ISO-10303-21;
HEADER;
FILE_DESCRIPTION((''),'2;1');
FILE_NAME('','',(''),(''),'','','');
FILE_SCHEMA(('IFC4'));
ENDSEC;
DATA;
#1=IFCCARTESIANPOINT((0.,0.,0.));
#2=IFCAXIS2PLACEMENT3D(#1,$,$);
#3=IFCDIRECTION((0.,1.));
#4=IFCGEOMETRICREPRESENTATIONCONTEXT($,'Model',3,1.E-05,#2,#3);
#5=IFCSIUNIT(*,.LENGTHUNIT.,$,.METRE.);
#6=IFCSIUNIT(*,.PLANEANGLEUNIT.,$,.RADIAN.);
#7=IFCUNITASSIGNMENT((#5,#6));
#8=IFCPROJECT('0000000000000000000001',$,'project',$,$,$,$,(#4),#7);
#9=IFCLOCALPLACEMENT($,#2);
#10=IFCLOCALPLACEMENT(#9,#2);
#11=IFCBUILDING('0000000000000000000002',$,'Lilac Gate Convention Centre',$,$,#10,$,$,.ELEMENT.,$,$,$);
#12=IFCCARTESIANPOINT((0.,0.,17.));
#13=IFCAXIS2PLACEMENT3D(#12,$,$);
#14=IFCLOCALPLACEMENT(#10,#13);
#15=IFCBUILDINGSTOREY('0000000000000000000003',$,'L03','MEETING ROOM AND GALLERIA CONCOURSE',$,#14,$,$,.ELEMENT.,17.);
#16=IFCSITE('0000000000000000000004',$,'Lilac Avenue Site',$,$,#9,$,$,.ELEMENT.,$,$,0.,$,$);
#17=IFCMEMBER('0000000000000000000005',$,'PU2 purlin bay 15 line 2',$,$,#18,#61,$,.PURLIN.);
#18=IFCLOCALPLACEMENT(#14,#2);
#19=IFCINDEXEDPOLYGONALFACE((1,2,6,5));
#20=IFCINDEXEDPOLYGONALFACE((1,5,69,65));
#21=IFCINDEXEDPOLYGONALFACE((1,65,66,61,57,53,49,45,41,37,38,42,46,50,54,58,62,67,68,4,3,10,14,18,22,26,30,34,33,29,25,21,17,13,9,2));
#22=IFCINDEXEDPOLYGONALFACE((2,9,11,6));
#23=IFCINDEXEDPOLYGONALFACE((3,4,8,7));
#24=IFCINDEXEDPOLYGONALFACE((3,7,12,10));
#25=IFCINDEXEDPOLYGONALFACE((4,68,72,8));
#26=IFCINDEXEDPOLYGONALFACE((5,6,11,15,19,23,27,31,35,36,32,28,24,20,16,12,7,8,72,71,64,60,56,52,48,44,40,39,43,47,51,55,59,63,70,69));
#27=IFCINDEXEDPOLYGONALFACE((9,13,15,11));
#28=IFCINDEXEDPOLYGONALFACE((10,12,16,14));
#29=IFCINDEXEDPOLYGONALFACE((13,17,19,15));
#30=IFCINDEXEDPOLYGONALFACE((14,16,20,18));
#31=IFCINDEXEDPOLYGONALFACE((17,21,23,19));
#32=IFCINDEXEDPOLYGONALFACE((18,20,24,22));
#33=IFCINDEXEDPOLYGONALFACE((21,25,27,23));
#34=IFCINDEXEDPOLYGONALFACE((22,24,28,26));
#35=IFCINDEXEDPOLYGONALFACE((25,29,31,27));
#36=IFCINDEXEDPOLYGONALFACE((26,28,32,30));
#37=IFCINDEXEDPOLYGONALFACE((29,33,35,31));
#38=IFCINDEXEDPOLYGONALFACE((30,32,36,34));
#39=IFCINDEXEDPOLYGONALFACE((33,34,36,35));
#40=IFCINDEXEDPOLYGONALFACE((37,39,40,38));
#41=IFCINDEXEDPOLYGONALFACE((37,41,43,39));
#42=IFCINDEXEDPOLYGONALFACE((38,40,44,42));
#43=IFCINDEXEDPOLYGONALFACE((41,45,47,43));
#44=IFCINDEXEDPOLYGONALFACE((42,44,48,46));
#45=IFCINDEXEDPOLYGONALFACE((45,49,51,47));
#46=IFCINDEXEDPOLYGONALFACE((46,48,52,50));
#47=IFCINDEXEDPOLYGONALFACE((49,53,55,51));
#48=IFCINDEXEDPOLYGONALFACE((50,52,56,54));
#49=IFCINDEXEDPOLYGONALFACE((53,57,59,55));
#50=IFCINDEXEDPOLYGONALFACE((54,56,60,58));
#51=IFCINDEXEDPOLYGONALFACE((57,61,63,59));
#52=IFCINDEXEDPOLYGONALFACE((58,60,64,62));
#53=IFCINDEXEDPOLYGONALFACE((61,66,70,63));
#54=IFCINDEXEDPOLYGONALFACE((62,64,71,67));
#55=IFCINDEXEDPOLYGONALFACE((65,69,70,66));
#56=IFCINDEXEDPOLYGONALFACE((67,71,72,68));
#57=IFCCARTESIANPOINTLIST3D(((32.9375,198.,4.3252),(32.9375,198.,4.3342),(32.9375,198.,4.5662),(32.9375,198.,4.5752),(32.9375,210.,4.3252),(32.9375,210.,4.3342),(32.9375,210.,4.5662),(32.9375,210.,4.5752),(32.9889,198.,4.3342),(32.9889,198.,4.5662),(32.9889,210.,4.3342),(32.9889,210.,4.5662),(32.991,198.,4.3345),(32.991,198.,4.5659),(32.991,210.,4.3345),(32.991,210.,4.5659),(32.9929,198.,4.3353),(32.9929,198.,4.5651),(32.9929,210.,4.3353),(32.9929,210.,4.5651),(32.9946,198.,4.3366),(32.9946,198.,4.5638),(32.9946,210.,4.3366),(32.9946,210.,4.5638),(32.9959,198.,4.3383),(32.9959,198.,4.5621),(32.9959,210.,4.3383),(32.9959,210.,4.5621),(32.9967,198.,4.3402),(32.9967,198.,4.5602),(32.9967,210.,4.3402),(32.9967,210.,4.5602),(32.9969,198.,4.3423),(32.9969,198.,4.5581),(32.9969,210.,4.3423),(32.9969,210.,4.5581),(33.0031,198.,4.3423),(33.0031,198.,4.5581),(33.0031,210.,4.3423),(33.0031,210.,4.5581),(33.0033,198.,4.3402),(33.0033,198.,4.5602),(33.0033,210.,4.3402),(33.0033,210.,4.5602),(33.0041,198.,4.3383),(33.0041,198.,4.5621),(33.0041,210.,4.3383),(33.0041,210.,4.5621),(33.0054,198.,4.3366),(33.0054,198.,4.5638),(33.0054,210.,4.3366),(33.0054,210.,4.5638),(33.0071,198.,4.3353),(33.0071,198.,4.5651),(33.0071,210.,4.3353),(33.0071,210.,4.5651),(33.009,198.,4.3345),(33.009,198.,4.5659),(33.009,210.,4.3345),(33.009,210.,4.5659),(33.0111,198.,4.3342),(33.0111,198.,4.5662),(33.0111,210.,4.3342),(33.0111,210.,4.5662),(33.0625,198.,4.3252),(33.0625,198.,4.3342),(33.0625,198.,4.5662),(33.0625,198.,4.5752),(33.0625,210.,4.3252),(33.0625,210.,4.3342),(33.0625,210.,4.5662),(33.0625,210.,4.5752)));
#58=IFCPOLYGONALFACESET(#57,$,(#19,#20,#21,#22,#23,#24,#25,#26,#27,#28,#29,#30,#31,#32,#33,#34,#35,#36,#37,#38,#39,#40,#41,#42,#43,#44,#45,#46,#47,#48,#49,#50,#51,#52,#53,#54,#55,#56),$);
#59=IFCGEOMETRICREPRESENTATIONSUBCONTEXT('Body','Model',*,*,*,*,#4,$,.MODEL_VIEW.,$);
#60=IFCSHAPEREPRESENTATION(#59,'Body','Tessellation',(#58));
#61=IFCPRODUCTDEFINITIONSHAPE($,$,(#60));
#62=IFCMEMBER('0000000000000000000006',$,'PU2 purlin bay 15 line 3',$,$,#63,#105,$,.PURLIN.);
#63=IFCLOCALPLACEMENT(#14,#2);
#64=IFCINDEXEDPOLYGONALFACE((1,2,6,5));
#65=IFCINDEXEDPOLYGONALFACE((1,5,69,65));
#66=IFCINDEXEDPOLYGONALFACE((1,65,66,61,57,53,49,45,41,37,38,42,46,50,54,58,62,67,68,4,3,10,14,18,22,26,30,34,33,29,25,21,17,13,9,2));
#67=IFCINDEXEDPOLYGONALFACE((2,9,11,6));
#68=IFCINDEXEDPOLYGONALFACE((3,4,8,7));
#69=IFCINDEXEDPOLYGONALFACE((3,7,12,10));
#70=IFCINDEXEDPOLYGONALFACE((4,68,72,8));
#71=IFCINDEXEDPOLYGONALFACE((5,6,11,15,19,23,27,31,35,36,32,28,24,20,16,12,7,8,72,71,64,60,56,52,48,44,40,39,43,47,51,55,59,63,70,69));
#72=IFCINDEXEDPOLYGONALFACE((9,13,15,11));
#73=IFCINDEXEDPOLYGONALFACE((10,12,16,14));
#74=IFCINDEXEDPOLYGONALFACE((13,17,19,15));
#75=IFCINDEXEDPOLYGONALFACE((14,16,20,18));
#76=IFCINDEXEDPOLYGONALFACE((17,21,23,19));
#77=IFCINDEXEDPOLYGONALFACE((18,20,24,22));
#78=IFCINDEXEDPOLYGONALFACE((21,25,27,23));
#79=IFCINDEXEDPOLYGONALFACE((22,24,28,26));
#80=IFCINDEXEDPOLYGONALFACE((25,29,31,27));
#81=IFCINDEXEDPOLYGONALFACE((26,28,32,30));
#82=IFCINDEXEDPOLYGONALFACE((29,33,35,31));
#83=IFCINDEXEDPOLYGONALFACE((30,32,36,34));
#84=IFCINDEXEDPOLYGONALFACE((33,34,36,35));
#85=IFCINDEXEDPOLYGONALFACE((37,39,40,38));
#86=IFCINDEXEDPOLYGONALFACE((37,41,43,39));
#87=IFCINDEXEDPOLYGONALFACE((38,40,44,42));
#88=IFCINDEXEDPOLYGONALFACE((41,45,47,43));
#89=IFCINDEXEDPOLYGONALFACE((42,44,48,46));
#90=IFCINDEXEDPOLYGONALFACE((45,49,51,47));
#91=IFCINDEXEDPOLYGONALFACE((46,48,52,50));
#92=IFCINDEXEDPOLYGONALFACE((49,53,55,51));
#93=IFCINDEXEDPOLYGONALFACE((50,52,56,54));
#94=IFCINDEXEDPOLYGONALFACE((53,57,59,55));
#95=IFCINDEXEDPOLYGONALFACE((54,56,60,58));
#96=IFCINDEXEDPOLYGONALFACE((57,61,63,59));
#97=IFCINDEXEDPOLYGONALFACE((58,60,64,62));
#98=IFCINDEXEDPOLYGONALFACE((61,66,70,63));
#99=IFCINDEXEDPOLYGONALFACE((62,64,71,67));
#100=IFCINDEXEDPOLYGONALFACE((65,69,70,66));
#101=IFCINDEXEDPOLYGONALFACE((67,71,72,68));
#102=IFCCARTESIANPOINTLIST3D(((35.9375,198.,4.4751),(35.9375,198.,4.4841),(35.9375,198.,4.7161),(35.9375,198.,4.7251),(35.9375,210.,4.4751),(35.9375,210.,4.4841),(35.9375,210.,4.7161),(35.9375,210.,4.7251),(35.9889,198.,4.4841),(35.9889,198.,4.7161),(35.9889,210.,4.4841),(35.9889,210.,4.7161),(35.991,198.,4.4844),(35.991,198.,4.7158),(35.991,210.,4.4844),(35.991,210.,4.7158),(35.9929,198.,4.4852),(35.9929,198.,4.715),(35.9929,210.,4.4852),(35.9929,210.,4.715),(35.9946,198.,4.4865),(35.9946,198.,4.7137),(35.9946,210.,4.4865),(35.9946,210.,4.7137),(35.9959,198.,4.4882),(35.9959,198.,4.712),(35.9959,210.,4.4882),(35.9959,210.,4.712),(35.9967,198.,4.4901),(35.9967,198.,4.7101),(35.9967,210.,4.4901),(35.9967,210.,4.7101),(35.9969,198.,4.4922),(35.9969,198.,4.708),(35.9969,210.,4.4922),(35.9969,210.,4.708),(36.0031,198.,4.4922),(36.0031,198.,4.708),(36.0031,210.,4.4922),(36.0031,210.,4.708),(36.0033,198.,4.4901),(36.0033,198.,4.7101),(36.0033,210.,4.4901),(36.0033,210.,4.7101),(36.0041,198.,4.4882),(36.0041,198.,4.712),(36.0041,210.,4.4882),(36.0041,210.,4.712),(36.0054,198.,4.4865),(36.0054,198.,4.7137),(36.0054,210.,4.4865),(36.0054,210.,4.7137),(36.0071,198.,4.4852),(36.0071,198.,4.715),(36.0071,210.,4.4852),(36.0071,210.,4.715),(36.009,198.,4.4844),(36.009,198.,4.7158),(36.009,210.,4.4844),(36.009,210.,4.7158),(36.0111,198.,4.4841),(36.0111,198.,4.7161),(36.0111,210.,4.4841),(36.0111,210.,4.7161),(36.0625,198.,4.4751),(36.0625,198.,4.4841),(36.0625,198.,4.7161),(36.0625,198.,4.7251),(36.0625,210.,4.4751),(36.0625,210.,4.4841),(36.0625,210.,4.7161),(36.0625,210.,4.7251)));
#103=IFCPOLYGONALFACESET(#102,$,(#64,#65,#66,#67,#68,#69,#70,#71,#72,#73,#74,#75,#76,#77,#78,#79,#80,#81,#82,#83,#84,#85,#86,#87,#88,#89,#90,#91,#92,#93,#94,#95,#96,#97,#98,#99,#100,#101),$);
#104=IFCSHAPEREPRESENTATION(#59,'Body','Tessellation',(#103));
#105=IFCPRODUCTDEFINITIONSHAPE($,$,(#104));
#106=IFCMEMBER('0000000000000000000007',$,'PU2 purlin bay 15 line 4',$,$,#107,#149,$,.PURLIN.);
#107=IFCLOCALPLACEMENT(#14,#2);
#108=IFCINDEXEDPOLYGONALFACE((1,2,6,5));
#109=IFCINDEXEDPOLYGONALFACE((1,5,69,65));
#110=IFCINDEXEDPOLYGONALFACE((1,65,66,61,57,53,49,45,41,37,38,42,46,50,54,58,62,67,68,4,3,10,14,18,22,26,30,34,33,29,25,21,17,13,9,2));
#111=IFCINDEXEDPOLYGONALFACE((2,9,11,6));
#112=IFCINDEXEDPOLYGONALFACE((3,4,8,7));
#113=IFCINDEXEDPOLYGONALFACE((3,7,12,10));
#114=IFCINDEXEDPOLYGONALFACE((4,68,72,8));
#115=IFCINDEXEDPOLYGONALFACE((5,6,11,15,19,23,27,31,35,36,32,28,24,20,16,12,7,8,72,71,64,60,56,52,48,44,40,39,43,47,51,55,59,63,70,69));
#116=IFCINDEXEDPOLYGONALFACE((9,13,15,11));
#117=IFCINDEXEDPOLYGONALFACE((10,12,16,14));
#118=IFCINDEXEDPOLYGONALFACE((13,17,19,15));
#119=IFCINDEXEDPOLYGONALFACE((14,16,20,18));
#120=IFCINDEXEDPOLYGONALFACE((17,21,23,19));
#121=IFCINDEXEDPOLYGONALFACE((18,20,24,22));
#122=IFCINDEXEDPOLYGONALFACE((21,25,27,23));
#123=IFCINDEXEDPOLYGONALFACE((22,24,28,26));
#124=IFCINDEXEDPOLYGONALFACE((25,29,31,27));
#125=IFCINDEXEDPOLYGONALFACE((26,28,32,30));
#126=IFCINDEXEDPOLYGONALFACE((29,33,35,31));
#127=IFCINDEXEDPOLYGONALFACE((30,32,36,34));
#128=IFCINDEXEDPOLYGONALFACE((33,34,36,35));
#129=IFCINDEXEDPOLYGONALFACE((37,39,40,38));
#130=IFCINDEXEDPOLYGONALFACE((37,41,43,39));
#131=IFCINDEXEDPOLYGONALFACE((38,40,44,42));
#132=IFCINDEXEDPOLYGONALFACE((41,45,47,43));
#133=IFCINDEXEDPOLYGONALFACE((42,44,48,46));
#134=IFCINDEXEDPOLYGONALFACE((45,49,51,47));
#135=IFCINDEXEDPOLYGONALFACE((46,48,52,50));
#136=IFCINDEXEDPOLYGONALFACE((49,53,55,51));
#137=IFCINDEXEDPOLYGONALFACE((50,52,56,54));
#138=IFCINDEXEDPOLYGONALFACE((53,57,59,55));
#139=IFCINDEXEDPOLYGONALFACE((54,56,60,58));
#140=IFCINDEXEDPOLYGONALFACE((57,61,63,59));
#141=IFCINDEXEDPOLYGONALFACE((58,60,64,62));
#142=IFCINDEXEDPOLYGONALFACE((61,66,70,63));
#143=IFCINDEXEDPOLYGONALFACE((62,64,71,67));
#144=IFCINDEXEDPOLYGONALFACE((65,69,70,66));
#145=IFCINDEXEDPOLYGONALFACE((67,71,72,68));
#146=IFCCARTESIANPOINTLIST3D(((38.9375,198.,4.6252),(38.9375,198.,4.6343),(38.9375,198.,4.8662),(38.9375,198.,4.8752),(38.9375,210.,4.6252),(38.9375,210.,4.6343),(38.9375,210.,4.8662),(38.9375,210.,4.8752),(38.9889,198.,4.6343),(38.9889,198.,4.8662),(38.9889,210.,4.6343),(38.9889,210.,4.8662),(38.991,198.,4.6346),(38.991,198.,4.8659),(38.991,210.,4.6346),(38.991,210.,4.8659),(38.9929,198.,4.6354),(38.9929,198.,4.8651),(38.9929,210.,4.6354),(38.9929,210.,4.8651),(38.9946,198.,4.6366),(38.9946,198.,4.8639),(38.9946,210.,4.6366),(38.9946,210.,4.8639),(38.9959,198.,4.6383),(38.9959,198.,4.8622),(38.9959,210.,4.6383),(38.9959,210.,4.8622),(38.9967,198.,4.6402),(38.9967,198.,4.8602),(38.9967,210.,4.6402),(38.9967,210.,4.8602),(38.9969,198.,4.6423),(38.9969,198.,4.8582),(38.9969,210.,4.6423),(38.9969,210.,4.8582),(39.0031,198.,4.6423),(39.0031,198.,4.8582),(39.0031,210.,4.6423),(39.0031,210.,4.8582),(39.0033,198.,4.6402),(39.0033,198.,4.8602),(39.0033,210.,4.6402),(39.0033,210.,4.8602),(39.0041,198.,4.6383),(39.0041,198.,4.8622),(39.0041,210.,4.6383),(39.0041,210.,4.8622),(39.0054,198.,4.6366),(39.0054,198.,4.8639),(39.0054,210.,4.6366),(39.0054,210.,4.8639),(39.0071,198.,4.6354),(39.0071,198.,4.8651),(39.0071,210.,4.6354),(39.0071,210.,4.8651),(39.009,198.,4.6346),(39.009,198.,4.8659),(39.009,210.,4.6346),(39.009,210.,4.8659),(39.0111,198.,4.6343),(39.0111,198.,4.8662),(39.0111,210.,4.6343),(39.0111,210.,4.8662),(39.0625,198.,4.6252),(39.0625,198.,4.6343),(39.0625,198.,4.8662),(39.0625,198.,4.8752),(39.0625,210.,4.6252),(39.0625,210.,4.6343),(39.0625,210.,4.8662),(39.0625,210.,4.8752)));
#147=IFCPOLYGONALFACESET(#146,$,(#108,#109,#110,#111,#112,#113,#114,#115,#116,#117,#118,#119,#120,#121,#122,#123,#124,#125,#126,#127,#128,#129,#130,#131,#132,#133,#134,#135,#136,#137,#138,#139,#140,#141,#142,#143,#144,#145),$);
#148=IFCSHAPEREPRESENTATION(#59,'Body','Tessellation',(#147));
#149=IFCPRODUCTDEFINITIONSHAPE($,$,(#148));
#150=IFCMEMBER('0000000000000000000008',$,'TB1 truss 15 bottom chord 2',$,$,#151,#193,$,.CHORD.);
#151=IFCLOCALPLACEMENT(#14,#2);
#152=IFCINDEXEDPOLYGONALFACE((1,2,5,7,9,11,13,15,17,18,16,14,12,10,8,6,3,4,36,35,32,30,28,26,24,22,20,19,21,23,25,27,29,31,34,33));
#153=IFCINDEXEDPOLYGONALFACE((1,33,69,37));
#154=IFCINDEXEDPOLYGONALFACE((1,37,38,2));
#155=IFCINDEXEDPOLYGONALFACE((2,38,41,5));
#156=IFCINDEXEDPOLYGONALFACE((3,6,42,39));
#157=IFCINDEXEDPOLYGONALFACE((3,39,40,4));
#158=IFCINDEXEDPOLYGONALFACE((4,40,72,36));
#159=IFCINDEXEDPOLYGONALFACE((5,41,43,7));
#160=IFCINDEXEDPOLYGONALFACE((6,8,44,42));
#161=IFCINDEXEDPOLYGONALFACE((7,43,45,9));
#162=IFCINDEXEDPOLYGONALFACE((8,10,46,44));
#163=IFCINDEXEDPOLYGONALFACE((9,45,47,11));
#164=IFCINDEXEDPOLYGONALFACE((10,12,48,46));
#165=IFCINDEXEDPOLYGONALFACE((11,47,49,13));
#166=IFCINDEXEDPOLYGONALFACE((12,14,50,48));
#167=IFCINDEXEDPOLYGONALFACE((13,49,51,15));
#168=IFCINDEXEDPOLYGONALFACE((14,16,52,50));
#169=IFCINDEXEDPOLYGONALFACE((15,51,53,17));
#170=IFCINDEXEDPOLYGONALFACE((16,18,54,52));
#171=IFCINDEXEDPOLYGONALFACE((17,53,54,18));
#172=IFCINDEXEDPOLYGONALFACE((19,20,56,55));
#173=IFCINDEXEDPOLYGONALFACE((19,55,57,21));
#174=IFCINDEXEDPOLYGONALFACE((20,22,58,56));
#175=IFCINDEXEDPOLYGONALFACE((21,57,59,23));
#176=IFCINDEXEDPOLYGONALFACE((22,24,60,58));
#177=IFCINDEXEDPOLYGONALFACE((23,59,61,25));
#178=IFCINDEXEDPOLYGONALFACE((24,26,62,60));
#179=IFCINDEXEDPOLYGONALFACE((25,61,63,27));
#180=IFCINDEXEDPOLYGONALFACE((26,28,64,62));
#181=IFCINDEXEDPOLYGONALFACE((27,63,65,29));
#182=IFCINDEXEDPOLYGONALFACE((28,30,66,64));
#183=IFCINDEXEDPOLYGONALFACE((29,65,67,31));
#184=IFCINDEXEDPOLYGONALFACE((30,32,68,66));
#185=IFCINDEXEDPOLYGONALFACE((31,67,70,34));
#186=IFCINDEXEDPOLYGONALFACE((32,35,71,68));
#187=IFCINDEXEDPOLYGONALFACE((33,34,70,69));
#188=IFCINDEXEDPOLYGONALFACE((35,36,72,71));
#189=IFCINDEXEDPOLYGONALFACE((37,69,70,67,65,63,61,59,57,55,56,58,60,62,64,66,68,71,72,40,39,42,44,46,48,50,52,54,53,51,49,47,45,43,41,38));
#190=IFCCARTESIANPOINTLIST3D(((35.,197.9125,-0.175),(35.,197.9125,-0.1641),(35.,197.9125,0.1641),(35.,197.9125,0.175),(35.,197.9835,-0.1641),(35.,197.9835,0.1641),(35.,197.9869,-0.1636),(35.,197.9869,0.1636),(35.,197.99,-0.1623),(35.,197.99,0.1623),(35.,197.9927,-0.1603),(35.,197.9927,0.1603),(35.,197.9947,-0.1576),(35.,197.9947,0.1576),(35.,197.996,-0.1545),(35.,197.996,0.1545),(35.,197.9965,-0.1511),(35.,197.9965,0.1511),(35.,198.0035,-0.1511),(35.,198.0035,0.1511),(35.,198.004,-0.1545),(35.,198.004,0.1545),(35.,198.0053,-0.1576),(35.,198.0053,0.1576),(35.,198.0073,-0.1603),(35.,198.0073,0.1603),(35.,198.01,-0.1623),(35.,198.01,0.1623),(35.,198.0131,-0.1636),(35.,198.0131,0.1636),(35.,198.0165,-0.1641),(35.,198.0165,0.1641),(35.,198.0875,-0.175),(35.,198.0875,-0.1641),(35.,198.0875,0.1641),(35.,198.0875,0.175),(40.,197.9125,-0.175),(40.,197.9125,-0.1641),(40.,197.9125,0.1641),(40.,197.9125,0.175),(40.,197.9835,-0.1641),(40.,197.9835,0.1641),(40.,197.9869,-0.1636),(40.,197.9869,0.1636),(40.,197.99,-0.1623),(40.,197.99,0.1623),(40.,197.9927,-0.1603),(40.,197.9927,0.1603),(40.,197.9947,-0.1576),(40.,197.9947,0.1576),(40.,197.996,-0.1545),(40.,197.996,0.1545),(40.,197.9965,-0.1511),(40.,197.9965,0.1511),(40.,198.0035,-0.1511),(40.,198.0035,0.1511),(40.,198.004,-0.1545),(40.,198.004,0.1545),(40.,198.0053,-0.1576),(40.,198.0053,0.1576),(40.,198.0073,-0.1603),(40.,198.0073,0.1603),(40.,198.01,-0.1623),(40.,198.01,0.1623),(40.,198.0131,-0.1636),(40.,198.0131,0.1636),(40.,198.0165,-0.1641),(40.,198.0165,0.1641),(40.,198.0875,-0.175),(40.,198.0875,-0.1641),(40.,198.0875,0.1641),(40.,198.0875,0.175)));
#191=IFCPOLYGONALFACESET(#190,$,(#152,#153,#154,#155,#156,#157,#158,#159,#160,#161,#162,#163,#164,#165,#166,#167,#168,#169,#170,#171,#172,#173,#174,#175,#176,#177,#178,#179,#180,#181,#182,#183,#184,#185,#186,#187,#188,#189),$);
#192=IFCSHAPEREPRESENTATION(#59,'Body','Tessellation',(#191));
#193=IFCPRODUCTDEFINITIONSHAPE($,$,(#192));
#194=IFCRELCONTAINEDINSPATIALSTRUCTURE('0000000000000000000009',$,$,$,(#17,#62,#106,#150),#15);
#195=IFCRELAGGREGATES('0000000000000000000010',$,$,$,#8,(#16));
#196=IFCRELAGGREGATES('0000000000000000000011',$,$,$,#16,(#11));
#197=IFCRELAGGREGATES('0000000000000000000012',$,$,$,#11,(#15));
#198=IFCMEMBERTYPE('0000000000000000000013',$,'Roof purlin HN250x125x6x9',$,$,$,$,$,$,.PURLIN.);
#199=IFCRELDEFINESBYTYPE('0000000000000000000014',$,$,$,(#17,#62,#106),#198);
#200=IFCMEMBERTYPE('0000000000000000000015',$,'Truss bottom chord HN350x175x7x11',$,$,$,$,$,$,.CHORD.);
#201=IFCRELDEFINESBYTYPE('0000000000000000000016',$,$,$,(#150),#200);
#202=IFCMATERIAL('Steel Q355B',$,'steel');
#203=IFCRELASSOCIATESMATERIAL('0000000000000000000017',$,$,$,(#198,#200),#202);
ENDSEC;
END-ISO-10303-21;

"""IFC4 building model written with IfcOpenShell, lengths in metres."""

from ifc_helpers import new_model, si_unit, direction, frame, origin, origin_2d, place, context, subcontext, project, spatial, i_section, extrude, material, material_profile, profile_set, type_object, element, save


model = new_model("IFC4")

# Units and contexts
model_context = context("Model", 3, precision=1e-05, world=origin(), true_north=direction((0.0, 1.0)))
body_context = subcontext(model_context, "Body", "Model", "MODEL_VIEW")
ifc_project = project(units=[si_unit("LENGTHUNIT", "METRE"), si_unit("PLANEANGLEUNIT", "RADIAN")], contexts=[model_context])

# Site, building, storey
site_placement = place(None, origin())
site = spatial("IfcSite", under=ifc_project, at=site_placement, Name="Lilac Avenue Site", CompositionType="ELEMENT", RefElevation=0.0)
building_placement = place(site_placement, origin())
building = spatial("IfcBuilding", under=site, at=building_placement, Name="Lilac Gate Convention Centre", CompositionType="ELEMENT")
storey_placement = place(building_placement, frame((0.0, 0.0, 17.0)))
storey = spatial("IfcBuildingStorey", under=building, at=storey_placement, Name="L03", Description="MEETING ROOM AND GALLERIA CONCOURSE", CompositionType="ELEMENT", Elevation=17.0)

# Members
ifc_material = material(Name="Steel Q355B", Category="steel")
ifc_material_profile_1 = material_profile(ifc_material, i_section(OverallWidth=0.125, OverallDepth=0.25, WebThickness=0.0061, FlangeThickness=0.009, FilletRadius=0.0081, at=origin_2d()), Name="HN250x125x6x9")
ifc_profile_set_1 = profile_set([ifc_material_profile_1], Name="Steel Q355B")
member_type_1 = type_object("IfcMemberType", Name="Roof purlin HN250x125x6x9", PredefinedType="PURLIN", material=ifc_profile_set_1)
for number, where, z_axis, x_axis, name in (
    (1, (33.0, 198.0, 4.4502), (0.0, 1.0, 0.0), (-1.0, 0.0, 0.0), "PU2 purlin bay 15 line 2"),
    (2, (36.0, 198.0, 4.6001), (0.0, 1.0, 0.0), (-1.0, 0.0, 0.0), "PU2 purlin bay 15 line 3"),
    (3, (39.0, 198.0, 4.7502), (0.0, 1.0, 0.0), (-1.0, 0.0, 0.0), "PU2 purlin bay 15 line 4"),
):
    element("IfcMember", number, at=place(storey_placement, frame(where, z_axis=z_axis, x_axis=x_axis)), inside=storey, type_object=member_type_1, Name=name, PredefinedType="PURLIN", context=body_context, shape_type="SweptSolid", body=[
        extrude(i_section(OverallWidth=0.125, OverallDepth=0.25, WebThickness=0.0061, FlangeThickness=0.009, FilletRadius=0.0081, at=origin_2d()), origin(), (0.0, 0.0, 1.0), 12.0),
    ])
ifc_material_profile_2 = material_profile(ifc_material, i_section(OverallWidth=0.175, OverallDepth=0.3501, WebThickness=0.0071, FlangeThickness=0.011, FilletRadius=0.0129, at=origin_2d()), Name="HN350x175x7x11")
ifc_profile_set_2 = profile_set([ifc_material_profile_2], Name="Steel Q355B")
member_type_2 = type_object("IfcMemberType", Name="Truss bottom chord HN350x175x7x11", PredefinedType="CHORD", material=ifc_profile_set_2)
member_1_placement = place(storey_placement, frame((35.0, 198.0, 0.0), z_axis=(1.0, 0.0, 0.0), x_axis=(0.0, 1.0, 0.0)))
element("IfcMember", 4, at=member_1_placement, inside=storey, type_object=member_type_2, Name="TB1 truss 15 bottom chord 2", PredefinedType="CHORD", context=body_context, shape_type="SweptSolid", body=[
    extrude(i_section(OverallWidth=0.175, OverallDepth=0.3501, WebThickness=0.0071, FlangeThickness=0.011, FilletRadius=0.0129, at=origin_2d()), origin(), (0.0, 0.0, 1.0), 5.0),
])

save(model, "model.ifc")
